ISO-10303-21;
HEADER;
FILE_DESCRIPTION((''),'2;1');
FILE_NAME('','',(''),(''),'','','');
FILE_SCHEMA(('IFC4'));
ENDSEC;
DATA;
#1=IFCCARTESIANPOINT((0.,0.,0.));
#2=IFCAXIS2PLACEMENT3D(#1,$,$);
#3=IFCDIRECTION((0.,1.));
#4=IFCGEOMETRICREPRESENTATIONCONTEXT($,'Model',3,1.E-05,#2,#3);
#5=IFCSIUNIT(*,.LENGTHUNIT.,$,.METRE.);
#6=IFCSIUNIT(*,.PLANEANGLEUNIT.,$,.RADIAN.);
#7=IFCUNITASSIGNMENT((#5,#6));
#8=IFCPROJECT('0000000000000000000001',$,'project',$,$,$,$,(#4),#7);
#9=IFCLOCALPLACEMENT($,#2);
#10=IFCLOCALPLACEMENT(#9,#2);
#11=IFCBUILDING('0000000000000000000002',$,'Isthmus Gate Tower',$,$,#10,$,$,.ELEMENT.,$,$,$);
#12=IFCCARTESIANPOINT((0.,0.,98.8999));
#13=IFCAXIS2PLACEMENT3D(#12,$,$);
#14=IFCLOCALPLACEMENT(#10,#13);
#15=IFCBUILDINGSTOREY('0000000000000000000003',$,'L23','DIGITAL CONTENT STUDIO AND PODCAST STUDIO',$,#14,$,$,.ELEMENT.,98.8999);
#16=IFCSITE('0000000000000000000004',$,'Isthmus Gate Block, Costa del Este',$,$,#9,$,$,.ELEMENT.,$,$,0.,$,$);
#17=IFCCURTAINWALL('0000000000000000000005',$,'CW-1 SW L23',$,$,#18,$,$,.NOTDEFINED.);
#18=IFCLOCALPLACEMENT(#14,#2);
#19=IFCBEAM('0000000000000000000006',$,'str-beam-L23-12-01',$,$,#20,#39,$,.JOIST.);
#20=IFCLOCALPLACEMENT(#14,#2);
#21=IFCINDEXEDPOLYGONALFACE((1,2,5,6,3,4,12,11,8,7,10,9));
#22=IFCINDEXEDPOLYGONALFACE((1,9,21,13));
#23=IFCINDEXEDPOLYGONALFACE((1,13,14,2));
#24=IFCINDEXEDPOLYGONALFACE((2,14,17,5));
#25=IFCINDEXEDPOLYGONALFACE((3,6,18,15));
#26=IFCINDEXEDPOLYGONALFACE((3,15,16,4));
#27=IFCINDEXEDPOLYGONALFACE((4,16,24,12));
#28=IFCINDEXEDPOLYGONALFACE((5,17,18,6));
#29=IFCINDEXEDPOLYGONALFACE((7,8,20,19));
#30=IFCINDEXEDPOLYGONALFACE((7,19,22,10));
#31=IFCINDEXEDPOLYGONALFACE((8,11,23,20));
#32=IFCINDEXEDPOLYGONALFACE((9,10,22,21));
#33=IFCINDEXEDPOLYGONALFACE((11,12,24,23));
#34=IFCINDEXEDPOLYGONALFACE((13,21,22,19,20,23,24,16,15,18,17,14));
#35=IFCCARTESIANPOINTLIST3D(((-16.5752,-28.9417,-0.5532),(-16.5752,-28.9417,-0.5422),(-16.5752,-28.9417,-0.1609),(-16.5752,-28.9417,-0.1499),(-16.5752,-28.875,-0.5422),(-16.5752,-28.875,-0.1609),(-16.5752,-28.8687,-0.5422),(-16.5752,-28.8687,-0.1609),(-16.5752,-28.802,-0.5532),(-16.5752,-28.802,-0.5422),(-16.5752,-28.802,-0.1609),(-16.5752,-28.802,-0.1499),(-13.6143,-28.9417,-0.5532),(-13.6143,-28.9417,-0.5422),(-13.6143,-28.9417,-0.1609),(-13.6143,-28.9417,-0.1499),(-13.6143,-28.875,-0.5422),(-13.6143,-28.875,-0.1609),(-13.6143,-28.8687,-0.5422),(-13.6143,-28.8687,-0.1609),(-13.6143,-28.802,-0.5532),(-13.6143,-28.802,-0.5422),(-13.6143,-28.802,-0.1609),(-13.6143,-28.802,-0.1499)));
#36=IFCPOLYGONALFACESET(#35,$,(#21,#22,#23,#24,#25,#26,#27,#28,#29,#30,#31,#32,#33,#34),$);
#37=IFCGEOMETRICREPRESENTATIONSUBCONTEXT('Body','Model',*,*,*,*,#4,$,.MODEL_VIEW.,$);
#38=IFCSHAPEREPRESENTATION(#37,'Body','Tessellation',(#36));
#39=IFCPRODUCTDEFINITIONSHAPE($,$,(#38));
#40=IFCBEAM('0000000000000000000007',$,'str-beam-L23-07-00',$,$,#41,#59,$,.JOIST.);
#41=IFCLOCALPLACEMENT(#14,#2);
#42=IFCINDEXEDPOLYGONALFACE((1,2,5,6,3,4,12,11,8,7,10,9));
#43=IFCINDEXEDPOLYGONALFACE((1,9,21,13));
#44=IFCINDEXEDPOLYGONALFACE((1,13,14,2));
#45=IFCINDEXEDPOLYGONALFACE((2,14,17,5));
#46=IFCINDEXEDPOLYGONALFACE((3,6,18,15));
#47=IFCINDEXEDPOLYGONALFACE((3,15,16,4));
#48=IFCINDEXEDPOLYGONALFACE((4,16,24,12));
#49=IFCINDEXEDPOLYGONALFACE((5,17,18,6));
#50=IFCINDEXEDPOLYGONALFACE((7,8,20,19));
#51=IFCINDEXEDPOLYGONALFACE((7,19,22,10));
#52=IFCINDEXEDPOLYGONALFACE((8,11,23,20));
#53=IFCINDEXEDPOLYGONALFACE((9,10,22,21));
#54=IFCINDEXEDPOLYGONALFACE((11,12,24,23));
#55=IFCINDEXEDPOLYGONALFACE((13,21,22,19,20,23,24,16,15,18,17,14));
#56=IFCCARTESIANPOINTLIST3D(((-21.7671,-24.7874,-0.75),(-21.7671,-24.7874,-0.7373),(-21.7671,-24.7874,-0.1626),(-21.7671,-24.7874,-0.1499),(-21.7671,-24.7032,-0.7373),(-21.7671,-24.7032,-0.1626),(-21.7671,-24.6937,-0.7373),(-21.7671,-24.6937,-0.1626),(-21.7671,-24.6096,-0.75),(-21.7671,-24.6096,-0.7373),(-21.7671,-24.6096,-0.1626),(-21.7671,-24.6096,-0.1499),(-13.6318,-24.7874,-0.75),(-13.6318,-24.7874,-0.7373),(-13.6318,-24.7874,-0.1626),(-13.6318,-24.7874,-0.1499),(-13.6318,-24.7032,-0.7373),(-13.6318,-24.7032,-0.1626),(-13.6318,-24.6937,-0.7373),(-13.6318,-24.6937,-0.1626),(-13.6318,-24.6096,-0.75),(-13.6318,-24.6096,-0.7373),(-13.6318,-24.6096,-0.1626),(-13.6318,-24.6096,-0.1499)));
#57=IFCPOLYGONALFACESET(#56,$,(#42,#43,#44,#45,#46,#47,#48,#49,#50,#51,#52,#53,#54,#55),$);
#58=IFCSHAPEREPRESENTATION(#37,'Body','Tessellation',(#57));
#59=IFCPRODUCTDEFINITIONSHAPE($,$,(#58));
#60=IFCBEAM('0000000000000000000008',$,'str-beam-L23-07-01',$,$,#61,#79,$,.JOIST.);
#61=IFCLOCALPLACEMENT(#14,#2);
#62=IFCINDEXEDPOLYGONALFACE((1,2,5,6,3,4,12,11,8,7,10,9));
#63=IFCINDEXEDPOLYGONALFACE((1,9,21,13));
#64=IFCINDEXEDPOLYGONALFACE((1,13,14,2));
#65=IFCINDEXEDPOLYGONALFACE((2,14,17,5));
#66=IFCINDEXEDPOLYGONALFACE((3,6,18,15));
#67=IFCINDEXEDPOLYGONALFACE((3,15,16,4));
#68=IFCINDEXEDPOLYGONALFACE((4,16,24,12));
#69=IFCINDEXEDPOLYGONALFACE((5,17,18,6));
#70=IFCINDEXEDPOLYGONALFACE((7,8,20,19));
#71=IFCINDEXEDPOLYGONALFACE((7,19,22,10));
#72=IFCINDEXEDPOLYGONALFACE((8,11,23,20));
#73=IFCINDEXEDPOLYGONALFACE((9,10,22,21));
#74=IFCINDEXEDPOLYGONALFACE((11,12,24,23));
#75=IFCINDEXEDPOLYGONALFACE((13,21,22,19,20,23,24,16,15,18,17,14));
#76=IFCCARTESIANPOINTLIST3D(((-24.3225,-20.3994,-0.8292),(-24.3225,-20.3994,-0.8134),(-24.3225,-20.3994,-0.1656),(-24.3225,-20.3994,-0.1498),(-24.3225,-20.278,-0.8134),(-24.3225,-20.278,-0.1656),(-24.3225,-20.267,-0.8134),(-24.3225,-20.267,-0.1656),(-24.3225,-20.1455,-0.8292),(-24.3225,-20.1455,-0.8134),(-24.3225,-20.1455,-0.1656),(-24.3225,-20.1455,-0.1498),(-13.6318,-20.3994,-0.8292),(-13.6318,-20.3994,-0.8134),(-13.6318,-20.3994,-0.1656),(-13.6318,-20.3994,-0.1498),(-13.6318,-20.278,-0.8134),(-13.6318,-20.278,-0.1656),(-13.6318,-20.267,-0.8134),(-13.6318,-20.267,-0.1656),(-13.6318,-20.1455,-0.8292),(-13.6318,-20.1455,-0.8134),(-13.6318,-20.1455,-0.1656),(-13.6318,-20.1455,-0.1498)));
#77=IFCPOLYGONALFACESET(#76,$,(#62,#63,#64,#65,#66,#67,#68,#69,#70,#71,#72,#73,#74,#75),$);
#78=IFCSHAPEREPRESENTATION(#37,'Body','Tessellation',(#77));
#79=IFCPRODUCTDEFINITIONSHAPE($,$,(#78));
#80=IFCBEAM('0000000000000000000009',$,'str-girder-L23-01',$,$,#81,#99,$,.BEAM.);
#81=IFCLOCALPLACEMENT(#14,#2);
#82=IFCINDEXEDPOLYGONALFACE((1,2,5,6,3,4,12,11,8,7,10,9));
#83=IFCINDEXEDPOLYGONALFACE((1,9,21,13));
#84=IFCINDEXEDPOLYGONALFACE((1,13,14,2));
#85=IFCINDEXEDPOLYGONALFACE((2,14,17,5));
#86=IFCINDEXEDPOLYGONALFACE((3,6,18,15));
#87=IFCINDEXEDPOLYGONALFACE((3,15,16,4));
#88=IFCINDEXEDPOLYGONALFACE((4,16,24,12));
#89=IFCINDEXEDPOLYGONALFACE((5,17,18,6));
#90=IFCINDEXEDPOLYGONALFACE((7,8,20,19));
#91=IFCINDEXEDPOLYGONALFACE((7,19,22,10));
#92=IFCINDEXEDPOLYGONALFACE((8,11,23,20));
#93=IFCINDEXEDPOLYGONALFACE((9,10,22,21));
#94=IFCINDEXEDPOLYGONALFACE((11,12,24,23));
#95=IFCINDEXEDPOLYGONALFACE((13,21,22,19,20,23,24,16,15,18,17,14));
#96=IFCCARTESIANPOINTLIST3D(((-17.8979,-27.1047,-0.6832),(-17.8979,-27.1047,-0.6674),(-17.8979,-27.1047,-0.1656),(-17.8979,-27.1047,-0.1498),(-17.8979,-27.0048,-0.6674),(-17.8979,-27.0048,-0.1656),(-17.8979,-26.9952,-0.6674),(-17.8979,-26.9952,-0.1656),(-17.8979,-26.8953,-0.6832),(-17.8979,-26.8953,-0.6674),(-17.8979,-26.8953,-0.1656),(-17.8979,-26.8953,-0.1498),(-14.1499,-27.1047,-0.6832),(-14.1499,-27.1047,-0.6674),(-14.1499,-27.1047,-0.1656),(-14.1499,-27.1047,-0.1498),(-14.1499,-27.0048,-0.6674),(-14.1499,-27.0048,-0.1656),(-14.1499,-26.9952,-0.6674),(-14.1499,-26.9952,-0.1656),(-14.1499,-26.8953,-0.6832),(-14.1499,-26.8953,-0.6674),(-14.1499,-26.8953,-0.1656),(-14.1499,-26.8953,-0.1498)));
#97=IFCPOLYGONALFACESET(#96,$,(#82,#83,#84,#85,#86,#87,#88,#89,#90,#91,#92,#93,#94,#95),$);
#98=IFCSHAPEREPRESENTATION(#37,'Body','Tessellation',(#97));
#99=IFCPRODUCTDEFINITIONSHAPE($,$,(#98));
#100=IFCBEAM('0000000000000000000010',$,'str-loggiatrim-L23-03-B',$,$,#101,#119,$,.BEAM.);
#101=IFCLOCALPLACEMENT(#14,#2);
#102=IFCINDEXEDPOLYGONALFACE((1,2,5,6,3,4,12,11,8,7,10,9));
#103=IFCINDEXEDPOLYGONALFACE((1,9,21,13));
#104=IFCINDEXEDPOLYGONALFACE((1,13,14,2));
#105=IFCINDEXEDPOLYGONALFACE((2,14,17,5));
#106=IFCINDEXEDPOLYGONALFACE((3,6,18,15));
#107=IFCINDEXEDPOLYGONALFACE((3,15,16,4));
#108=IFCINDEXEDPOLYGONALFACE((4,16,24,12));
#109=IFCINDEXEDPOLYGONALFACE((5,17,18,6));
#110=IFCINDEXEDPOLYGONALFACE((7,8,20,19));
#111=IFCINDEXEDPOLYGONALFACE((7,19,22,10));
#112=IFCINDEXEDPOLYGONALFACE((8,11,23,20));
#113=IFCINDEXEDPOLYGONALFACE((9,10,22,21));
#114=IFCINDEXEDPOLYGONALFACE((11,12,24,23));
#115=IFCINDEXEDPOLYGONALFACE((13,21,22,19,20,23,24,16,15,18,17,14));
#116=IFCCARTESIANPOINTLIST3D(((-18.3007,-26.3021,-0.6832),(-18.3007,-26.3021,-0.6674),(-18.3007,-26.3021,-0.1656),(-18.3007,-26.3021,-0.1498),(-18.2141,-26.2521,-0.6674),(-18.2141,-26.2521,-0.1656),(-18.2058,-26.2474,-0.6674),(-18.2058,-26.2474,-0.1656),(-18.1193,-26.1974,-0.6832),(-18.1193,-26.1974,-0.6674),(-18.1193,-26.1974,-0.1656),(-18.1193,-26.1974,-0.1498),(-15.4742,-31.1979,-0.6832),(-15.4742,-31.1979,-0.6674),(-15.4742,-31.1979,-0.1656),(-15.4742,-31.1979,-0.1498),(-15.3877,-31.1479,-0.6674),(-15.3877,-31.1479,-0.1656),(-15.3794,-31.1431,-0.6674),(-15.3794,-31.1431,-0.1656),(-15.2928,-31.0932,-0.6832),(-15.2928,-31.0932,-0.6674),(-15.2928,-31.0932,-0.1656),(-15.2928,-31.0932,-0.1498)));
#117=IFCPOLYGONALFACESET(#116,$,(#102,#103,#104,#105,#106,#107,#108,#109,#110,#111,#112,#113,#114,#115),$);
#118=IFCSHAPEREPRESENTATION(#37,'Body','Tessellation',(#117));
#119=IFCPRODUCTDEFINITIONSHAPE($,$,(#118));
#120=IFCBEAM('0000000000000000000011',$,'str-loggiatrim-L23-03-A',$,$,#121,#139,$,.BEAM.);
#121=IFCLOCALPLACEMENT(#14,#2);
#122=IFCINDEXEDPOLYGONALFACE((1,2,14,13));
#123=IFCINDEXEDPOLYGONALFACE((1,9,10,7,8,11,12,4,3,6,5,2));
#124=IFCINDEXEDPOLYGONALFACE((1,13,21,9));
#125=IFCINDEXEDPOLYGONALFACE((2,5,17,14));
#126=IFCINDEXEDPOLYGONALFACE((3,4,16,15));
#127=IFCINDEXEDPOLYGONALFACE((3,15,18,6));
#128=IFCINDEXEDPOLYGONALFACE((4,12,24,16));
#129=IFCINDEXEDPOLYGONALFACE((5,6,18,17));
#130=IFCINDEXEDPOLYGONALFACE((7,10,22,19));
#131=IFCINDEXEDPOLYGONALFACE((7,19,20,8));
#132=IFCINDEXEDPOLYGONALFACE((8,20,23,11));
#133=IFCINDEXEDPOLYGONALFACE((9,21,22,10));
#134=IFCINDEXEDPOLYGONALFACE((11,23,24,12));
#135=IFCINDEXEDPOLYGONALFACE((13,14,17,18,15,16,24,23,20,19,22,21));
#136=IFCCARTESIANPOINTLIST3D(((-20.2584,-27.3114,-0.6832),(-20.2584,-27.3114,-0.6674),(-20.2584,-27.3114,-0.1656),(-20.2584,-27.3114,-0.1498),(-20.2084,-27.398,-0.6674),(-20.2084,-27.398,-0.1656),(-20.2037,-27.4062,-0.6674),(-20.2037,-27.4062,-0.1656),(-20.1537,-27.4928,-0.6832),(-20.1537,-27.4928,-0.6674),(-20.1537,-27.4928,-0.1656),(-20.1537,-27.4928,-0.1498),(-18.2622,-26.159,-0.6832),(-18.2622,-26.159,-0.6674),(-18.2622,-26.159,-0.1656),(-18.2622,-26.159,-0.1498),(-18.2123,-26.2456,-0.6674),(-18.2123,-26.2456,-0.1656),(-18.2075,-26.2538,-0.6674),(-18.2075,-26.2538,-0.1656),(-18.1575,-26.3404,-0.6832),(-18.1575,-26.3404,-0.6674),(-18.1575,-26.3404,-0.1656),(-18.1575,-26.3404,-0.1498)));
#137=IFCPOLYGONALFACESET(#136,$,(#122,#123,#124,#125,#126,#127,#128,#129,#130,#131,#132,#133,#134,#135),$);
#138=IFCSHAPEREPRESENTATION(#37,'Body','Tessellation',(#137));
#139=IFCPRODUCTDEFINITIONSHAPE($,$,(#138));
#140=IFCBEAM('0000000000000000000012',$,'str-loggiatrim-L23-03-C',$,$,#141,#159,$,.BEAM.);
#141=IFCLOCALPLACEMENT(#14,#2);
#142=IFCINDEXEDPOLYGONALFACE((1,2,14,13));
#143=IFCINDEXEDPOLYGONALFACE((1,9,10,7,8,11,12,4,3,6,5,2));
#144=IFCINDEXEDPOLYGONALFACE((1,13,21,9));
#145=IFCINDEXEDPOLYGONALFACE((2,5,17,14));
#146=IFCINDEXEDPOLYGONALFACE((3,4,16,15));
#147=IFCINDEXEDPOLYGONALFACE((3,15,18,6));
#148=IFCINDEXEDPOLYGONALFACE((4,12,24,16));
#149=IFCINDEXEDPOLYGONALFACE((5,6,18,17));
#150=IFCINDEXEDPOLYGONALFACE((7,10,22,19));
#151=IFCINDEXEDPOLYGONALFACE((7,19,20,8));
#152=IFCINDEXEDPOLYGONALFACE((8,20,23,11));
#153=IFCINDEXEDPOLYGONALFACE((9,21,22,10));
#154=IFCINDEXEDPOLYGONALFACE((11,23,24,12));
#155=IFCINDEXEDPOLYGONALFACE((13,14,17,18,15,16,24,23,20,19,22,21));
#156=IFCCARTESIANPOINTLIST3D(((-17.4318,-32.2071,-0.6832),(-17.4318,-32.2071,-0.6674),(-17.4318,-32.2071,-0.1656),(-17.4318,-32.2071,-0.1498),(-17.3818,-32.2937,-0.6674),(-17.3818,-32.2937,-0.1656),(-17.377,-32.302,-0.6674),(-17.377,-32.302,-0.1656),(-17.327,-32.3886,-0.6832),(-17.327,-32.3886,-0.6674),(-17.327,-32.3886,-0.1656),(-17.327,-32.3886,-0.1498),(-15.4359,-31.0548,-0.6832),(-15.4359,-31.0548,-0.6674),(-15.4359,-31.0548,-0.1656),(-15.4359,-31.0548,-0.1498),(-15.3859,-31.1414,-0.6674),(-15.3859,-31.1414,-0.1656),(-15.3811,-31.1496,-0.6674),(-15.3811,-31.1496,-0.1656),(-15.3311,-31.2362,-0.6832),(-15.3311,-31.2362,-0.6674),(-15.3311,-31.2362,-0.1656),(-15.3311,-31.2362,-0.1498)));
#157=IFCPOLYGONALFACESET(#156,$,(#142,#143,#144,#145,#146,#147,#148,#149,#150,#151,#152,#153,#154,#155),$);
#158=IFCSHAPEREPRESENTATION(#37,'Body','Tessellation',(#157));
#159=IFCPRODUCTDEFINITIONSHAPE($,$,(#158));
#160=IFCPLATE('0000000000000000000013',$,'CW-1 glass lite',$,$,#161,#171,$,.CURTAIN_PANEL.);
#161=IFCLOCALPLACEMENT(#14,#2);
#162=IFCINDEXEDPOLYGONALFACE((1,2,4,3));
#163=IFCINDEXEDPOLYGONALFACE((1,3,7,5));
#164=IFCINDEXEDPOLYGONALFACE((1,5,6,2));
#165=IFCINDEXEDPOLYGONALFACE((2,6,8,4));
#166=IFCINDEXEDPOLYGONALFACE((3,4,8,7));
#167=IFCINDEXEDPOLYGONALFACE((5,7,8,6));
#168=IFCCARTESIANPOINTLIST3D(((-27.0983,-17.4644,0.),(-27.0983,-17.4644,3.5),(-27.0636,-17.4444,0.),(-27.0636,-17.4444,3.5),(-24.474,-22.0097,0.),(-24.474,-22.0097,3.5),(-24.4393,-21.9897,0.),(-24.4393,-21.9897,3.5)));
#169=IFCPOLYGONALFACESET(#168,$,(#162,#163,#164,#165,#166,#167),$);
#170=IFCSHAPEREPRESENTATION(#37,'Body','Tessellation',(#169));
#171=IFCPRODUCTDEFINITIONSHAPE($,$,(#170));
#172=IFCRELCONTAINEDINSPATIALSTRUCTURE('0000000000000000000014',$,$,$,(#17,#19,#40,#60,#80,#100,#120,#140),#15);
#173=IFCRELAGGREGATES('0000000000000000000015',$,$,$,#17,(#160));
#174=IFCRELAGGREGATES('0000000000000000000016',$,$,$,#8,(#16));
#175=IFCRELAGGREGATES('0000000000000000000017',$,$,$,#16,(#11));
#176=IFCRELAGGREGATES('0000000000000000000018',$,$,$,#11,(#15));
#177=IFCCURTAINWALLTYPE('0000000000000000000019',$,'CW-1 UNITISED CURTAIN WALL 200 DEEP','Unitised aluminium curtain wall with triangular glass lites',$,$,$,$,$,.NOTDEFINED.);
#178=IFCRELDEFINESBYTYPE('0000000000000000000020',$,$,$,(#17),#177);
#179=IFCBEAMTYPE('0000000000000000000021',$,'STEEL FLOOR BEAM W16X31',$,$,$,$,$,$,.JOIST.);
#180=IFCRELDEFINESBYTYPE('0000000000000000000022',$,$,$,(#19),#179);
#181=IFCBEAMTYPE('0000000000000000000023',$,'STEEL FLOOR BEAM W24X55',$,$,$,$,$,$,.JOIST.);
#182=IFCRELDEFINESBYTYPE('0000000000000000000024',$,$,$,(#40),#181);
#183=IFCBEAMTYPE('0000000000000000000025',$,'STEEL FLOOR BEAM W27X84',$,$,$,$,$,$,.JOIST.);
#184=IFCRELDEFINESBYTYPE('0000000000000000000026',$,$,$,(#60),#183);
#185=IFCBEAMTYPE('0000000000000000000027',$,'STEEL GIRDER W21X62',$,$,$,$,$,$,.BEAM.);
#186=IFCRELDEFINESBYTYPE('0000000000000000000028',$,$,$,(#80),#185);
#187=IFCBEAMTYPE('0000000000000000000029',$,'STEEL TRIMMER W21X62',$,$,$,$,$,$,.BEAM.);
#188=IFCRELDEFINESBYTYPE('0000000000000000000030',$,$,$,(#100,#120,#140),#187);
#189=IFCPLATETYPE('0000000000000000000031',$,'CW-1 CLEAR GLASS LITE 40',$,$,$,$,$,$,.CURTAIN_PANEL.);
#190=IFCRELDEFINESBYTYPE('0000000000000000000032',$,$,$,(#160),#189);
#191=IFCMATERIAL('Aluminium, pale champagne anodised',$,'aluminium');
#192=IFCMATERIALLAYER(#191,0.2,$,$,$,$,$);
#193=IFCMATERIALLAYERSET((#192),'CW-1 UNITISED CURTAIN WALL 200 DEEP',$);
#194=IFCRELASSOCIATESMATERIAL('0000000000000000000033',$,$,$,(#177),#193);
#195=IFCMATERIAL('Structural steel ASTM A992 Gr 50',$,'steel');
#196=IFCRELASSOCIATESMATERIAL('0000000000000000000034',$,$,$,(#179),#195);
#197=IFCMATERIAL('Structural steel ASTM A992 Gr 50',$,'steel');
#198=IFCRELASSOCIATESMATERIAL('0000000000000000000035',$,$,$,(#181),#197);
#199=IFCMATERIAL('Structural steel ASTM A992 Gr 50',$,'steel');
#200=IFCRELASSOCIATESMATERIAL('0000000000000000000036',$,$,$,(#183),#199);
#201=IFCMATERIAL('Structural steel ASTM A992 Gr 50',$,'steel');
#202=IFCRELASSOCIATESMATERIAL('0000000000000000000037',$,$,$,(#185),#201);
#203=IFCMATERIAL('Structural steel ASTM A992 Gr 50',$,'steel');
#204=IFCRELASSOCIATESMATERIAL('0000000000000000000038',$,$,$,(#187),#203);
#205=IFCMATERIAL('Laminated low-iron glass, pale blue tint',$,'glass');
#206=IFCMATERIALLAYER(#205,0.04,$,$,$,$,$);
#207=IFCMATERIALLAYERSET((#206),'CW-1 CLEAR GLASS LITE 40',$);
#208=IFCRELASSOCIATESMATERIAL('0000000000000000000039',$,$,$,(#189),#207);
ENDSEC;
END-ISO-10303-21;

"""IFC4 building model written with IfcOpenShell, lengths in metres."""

from ifc_helpers import new_model, si_unit, direction, frame, origin, origin_2d, place, context, subcontext, project, spatial, rectangle, i_section, extrude, material, layer, layer_set, material_profile, profile_set, type_object, element, aggregate, save


model = new_model("IFC4")

# Units and contexts
model_context = context("Model", 3, precision=1e-05, world=origin(), true_north=direction((0.0, 1.0)))
body_context = subcontext(model_context, "Body", "Model", "MODEL_VIEW")
ifc_project = project(units=[si_unit("LENGTHUNIT", "METRE"), si_unit("PLANEANGLEUNIT", "RADIAN")], contexts=[model_context])

# Site, building, storey
site_placement = place(None, origin())
site = spatial("IfcSite", under=ifc_project, at=site_placement, Name="Isthmus Gate Block, Costa del Este", CompositionType="ELEMENT", RefElevation=0.0)
building_placement = place(site_placement, origin())
building = spatial("IfcBuilding", under=site, at=building_placement, Name="Isthmus Gate Tower", CompositionType="ELEMENT")
storey_placement = place(building_placement, frame((0.0, 0.0, 98.8999)))
storey = spatial("IfcBuildingStorey", under=building, at=storey_placement, Name="L23", Description="DIGITAL CONTENT STUDIO AND PODCAST STUDIO", CompositionType="ELEMENT", Elevation=98.8999)

# Curtain wall
ifc_material_1 = material(Name="Aluminium, pale champagne anodised", Category="aluminium")
ifc_layer_1 = layer(ifc_material_1, 0.2)
ifc_layer_set_1 = layer_set([ifc_layer_1], Name="CW-1 UNITISED CURTAIN WALL 200 DEEP")
curtain_wall_type_1 = type_object("IfcCurtainWallType", Name="CW-1 UNITISED CURTAIN WALL 200 DEEP", Description="Unitised aluminium curtain wall with triangular glass lites", PredefinedType="NOTDEFINED", material=ifc_layer_set_1)
curtain_wall_1_placement = place(storey_placement, origin())
curtain_wall_1 = element("IfcCurtainWall", 1, at=curtain_wall_1_placement, inside=storey, type_object=curtain_wall_type_1, Name="CW-1 SW L23", PredefinedType="NOTDEFINED")

# Beams
ifc_material_2 = material(Name="Structural steel ASTM A992 Gr 50", Category="steel")
ifc_material_profile_1 = material_profile(ifc_material_2, i_section(OverallWidth=0.1396, OverallDepth=0.4033, WebThickness=0.0063, FlangeThickness=0.011, at=origin_2d()), Name="W16X31")
ifc_profile_set_1 = profile_set([ifc_material_profile_1], Name="Structural steel ASTM A992 Gr 50")
beam_type_1 = type_object("IfcBeamType", Name="STEEL FLOOR BEAM W16X31", PredefinedType="JOIST", material=ifc_profile_set_1)
beam_1_placement = place(storey_placement, frame((-16.5752, -28.8718, -0.3516), z_axis=(1.0, 0.0, 0.0), x_axis=(0.0, 1.0, 0.0)))
element("IfcBeam", 2, at=beam_1_placement, inside=storey, type_object=beam_type_1, Name="str-beam-L23-12-01", PredefinedType="JOIST", context=body_context, shape_type="SweptSolid", body=[
    extrude(i_section(OverallWidth=0.1396, OverallDepth=0.4033, WebThickness=0.0063, FlangeThickness=0.011, at=origin_2d()), origin(), (0.0, 0.0, 1.0), 2.9609),
])
ifc_material_3 = material(Name="Structural steel ASTM A992 Gr 50", Category="steel")
ifc_material_profile_2 = material_profile(ifc_material_3, i_section(OverallWidth=0.1777, OverallDepth=0.6001, WebThickness=0.0095, FlangeThickness=0.0127, at=origin_2d()), Name="W24X55")
ifc_profile_set_2 = profile_set([ifc_material_profile_2], Name="Structural steel ASTM A992 Gr 50")
beam_type_2 = type_object("IfcBeamType", Name="STEEL FLOOR BEAM W24X55", PredefinedType="JOIST", material=ifc_profile_set_2)
beam_2_placement = place(storey_placement, frame((-21.7671, -24.6985, -0.45), z_axis=(1.0, 0.0, 0.0), x_axis=(0.0, 1.0, 0.0)))
element("IfcBeam", 3, at=beam_2_placement, inside=storey, type_object=beam_type_2, Name="str-beam-L23-07-00", PredefinedType="JOIST", context=body_context, shape_type="SweptSolid", body=[
    extrude(i_section(OverallWidth=0.1777, OverallDepth=0.6001, WebThickness=0.0095, FlangeThickness=0.0127, at=origin_2d()), origin(), (0.0, 0.0, 1.0), 8.1353),
])
ifc_material_4 = material(Name="Structural steel ASTM A992 Gr 50", Category="steel")
ifc_material_profile_3 = material_profile(ifc_material_4, i_section(OverallWidth=0.2539, OverallDepth=0.6794, WebThickness=0.011, FlangeThickness=0.0159, at=origin_2d()), Name="W27X84")
ifc_profile_set_3 = profile_set([ifc_material_profile_3], Name="Structural steel ASTM A992 Gr 50")
beam_type_3 = type_object("IfcBeamType", Name="STEEL FLOOR BEAM W27X84", PredefinedType="JOIST", material=ifc_profile_set_3)
beam_3_placement = place(storey_placement, frame((-24.3225, -20.2725, -0.4895), z_axis=(1.0, 0.0, 0.0), x_axis=(0.0, 1.0, 0.0)))
element("IfcBeam", 4, at=beam_3_placement, inside=storey, type_object=beam_type_3, Name="str-beam-L23-07-01", PredefinedType="JOIST", context=body_context, shape_type="SweptSolid", body=[
    extrude(i_section(OverallWidth=0.2539, OverallDepth=0.6794, WebThickness=0.011, FlangeThickness=0.0159, at=origin_2d()), origin(), (0.0, 0.0, 1.0), 10.6907),
])
ifc_material_5 = material(Name="Structural steel ASTM A992 Gr 50", Category="steel")
ifc_material_profile_4 = material_profile(ifc_material_5, i_section(OverallWidth=0.2095, OverallDepth=0.5334, WebThickness=0.0095, FlangeThickness=0.0159, at=origin_2d()), Name="W21X62")
ifc_profile_set_4 = profile_set([ifc_material_profile_4], Name="Structural steel ASTM A992 Gr 50")
beam_type_4 = type_object("IfcBeamType", Name="STEEL GIRDER W21X62", PredefinedType="BEAM", material=ifc_profile_set_4)
beam_4_placement = place(storey_placement, frame((-17.8979, -27.0, -0.4165), z_axis=(1.0, 0.0, 0.0), x_axis=(0.0, 1.0, 0.0)))
element("IfcBeam", 5, at=beam_4_placement, inside=storey, type_object=beam_type_4, Name="str-girder-L23-01", PredefinedType="BEAM", context=body_context, shape_type="SweptSolid", body=[
    extrude(i_section(OverallWidth=0.2095, OverallDepth=0.5334, WebThickness=0.0095, FlangeThickness=0.0159, at=origin_2d()), origin(), (0.0, 0.0, 1.0), 3.748),
])
ifc_material_6 = material(Name="Structural steel ASTM A992 Gr 50", Category="steel")
ifc_material_profile_5 = material_profile(ifc_material_6, i_section(OverallWidth=0.2095, OverallDepth=0.5334, WebThickness=0.0095, FlangeThickness=0.0159, at=origin_2d()), Name="W21X62")
ifc_profile_set_5 = profile_set([ifc_material_profile_5], Name="Structural steel ASTM A992 Gr 50")
beam_type_5 = type_object("IfcBeamType", Name="STEEL TRIMMER W21X62", PredefinedType="BEAM", material=ifc_profile_set_5)
beam_5_placement = place(storey_placement, frame((-18.21, -26.2498, -0.4165), z_axis=(0.49998, -0.866037, 0.0), x_axis=(0.866037, 0.49998, 0.0)))
element("IfcBeam", 6, at=beam_5_placement, inside=storey, type_object=beam_type_5, Name="str-loggiatrim-L23-03-B", PredefinedType="BEAM", context=body_context, shape_type="SweptSolid", body=[
    extrude(i_section(OverallWidth=0.2095, OverallDepth=0.5334, WebThickness=0.0095, FlangeThickness=0.0159, at=origin_2d()), origin(), (0.0, 0.0, 1.0), 5.6531),
])
beam_6_placement = place(storey_placement, frame((-20.2061, -27.4021, -0.4165), z_axis=(0.866044, 0.499967, 0.0), x_axis=(-0.499967, 0.866044, 0.0)))
element("IfcBeam", 7, at=beam_6_placement, inside=storey, type_object=beam_type_5, Name="str-loggiatrim-L23-03-A", PredefinedType="BEAM", context=body_context, shape_type="SweptSolid", body=[
    extrude(i_section(OverallWidth=0.2095, OverallDepth=0.5334, WebThickness=0.0095, FlangeThickness=0.0159, at=origin_2d()), origin(), (0.0, 0.0, 1.0), 2.3049),
])
beam_7_placement = place(storey_placement, frame((-17.3794, -32.2979, -0.4165), z_axis=(0.866018, 0.500013, 0.0), x_axis=(-0.500013, 0.866018, 0.0)))
element("IfcBeam", 8, at=beam_7_placement, inside=storey, type_object=beam_type_5, Name="str-loggiatrim-L23-03-C", PredefinedType="BEAM", context=body_context, shape_type="SweptSolid", body=[
    extrude(i_section(OverallWidth=0.2095, OverallDepth=0.5334, WebThickness=0.0095, FlangeThickness=0.0159, at=origin_2d()), origin(), (0.0, 0.0, 1.0), 2.3047),
])

# Plate
ifc_material_7 = material(Name="Laminated low-iron glass, pale blue tint", Category="glass")
ifc_layer_2 = layer(ifc_material_7, 0.04)
ifc_layer_set_2 = layer_set([ifc_layer_2], Name="CW-1 CLEAR GLASS LITE 40")
plate_type_1 = type_object("IfcPlateType", Name="CW-1 CLEAR GLASS LITE 40", PredefinedType="CURTAIN_PANEL", material=ifc_layer_set_2)
plate_1_placement = place(storey_placement, frame((-25.7688, -19.7271, 0.0), z_axis=(0.0, 0.0, 1.0), x_axis=(0.5, -0.866025, 0.0)))
plate_1 = element("IfcPlate", 9, at=plate_1_placement, type_object=plate_type_1, Name="CW-1 glass lite", PredefinedType="CURTAIN_PANEL", context=body_context, shape_type="SweptSolid", body=[
    extrude(rectangle(XDim=5.2485, YDim=0.04, at=origin_2d()), origin(), (0.0, 0.0, 1.0), 3.5),
])
aggregate(curtain_wall_1, [plate_1])

save(model, "model.ifc")
